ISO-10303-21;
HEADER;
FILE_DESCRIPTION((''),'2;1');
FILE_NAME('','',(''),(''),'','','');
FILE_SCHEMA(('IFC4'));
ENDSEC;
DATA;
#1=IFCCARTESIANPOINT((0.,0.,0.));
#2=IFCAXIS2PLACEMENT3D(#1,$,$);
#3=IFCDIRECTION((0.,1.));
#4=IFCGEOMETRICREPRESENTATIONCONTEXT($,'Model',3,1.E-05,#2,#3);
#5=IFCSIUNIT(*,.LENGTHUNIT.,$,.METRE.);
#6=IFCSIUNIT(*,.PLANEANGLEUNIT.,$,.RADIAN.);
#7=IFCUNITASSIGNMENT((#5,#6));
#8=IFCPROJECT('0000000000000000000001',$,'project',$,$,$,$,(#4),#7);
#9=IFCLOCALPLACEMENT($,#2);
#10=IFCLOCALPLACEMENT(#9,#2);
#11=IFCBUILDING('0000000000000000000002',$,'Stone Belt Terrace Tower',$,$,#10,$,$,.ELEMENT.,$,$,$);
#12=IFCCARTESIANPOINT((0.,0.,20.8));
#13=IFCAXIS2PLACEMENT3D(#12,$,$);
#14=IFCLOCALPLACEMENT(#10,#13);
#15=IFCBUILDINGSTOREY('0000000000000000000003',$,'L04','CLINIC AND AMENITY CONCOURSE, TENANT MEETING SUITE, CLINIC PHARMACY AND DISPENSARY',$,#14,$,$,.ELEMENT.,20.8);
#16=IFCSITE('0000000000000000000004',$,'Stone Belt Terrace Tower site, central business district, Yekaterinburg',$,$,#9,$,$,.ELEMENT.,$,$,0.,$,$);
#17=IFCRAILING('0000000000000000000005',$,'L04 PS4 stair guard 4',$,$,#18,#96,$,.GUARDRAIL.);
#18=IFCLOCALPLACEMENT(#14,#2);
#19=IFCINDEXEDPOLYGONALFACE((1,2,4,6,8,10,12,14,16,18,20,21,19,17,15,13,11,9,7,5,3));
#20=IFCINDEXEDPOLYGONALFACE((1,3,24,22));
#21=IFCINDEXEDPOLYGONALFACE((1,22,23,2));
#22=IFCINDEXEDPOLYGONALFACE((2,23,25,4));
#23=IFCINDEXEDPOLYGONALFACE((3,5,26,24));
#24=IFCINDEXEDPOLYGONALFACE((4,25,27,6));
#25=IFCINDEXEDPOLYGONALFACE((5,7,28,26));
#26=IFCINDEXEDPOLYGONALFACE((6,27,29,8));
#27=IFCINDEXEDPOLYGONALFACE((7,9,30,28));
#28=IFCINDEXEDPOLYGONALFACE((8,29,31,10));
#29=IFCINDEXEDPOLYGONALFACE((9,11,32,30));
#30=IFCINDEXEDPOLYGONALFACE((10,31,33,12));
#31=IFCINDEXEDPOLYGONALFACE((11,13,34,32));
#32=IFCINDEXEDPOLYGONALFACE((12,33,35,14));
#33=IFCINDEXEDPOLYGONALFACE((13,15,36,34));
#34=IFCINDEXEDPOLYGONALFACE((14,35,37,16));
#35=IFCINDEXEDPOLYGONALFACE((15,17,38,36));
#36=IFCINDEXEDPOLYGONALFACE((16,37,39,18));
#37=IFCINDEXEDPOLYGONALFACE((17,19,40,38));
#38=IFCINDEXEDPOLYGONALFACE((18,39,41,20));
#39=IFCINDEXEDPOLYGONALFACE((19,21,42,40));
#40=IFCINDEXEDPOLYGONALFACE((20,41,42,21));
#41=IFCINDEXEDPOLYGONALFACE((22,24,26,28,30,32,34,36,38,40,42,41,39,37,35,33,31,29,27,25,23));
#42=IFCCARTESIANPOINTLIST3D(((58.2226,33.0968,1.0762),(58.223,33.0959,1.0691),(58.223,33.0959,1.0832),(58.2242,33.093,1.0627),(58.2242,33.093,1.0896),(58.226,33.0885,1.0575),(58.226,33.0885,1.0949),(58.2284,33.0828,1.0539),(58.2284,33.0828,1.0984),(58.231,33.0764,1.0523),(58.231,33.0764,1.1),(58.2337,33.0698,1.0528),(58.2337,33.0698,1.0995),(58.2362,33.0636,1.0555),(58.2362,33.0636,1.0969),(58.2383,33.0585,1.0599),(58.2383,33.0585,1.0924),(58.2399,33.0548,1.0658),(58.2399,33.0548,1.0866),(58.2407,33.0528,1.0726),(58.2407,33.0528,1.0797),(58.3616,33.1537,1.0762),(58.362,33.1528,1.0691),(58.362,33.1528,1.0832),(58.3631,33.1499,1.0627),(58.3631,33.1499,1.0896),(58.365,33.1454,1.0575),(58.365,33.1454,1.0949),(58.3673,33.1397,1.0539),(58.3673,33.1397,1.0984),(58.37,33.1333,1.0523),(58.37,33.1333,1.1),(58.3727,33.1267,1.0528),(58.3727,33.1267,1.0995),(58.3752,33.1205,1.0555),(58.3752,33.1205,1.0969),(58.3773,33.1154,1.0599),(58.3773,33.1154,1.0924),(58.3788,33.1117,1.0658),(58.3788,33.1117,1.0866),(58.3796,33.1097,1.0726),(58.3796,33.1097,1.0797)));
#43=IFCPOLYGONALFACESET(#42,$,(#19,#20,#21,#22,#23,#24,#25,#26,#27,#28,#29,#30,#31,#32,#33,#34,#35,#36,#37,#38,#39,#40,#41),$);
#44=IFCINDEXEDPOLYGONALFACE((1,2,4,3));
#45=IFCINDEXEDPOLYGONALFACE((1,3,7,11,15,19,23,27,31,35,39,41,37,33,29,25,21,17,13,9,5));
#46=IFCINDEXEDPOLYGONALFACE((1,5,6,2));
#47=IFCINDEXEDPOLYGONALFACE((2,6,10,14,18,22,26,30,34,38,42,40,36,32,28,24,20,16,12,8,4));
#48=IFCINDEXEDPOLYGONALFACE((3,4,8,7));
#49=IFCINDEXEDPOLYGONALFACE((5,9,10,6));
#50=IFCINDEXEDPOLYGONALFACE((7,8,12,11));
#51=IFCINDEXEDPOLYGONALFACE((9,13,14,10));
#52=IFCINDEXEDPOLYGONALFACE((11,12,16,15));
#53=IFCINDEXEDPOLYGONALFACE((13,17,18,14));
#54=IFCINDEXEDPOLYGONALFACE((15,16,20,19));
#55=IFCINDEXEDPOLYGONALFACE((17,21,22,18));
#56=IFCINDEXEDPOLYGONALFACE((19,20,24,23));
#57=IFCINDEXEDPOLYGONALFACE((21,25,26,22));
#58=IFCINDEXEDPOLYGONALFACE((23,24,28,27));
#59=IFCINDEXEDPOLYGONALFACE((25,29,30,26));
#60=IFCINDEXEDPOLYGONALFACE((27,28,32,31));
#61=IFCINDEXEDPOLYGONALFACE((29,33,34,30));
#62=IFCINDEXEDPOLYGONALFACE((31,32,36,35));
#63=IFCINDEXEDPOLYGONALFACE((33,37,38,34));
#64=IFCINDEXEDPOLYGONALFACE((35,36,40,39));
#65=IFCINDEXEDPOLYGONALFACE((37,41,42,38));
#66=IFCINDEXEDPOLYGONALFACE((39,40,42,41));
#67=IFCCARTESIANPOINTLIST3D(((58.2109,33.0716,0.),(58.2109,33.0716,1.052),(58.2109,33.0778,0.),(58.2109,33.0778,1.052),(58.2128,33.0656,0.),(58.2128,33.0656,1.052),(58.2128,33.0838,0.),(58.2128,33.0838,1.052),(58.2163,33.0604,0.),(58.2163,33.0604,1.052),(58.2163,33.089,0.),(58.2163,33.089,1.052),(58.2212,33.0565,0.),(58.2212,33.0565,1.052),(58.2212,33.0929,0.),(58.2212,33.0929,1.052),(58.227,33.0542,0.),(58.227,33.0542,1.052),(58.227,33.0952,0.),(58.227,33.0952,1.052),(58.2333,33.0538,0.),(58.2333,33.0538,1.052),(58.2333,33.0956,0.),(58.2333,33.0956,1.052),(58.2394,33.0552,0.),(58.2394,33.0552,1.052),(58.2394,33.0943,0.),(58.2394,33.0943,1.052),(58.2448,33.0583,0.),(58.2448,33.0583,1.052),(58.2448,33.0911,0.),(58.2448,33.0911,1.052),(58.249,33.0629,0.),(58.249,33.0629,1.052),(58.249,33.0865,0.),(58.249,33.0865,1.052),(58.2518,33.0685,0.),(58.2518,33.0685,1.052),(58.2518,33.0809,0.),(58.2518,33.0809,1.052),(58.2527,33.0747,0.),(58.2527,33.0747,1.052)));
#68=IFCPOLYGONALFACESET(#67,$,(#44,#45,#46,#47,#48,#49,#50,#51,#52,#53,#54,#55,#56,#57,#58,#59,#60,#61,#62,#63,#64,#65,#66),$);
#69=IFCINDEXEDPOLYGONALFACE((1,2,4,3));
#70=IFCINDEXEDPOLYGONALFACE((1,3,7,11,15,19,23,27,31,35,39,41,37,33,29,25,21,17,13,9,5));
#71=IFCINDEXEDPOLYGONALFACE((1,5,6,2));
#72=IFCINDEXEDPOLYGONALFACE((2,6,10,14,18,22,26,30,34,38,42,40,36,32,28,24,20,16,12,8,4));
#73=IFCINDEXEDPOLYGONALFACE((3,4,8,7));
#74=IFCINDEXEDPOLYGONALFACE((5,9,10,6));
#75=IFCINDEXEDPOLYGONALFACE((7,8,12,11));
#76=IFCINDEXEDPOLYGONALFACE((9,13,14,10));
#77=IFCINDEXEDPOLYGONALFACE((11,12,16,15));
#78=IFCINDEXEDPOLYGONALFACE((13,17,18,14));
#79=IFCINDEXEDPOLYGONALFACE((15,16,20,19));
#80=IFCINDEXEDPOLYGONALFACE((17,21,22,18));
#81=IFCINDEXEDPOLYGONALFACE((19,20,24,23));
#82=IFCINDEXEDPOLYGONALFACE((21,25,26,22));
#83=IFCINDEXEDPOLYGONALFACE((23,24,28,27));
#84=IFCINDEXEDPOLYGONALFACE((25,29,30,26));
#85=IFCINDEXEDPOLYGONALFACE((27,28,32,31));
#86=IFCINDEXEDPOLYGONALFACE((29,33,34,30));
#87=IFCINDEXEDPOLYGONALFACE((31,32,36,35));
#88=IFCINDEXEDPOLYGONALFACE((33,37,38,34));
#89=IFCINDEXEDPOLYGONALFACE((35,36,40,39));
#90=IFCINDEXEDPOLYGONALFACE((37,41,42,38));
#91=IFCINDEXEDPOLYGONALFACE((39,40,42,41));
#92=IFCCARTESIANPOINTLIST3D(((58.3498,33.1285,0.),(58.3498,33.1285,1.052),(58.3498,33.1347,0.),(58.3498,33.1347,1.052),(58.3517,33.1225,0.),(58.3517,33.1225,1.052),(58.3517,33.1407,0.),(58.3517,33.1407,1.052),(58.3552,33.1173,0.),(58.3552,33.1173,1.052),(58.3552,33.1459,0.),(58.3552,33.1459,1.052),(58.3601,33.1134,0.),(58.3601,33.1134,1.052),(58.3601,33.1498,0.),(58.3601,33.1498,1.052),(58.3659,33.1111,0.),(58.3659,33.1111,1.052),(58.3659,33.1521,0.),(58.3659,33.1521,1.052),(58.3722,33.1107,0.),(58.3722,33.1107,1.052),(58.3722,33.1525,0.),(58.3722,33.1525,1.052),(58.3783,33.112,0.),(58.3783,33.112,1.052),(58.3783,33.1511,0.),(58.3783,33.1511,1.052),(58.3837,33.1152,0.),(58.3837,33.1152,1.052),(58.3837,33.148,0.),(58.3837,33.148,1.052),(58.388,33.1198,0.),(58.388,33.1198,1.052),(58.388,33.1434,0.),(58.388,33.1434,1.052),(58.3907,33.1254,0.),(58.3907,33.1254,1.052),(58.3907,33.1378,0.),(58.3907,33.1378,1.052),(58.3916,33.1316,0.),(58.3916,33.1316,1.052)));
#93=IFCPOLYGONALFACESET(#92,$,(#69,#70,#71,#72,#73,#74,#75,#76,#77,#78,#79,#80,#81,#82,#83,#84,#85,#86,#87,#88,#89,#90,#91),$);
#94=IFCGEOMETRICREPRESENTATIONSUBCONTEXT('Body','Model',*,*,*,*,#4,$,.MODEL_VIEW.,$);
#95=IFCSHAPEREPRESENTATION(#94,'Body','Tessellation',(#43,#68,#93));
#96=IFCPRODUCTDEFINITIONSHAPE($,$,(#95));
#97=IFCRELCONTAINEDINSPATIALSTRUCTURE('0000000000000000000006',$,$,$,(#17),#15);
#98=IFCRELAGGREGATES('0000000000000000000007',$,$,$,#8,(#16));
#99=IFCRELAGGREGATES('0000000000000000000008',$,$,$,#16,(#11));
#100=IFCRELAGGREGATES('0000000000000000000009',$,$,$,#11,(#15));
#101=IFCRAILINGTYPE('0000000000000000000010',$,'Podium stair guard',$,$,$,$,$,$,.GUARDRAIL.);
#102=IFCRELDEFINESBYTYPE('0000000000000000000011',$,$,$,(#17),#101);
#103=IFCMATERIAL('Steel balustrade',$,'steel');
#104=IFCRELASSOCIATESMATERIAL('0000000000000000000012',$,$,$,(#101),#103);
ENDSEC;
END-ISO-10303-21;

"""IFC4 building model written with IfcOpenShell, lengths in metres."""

from ifc_helpers import new_model, si_unit, direction, frame, origin, origin_2d, place, context, subcontext, project, spatial, circle, extrude, material, type_object, element, save


model = new_model("IFC4")

# Units and contexts
model_context = context("Model", 3, precision=1e-05, world=origin(), true_north=direction((0.0, 1.0)))
body_context = subcontext(model_context, "Body", "Model", "MODEL_VIEW")
ifc_project = project(units=[si_unit("LENGTHUNIT", "METRE"), si_unit("PLANEANGLEUNIT", "RADIAN")], contexts=[model_context])

# Site, building, storey
site_placement = place(None, origin())
site = spatial("IfcSite", under=ifc_project, at=site_placement, Name="Stone Belt Terrace Tower site, central business district, Yekaterinburg", CompositionType="ELEMENT", RefElevation=0.0)
building_placement = place(site_placement, origin())
building = spatial("IfcBuilding", under=site, at=building_placement, Name="Stone Belt Terrace Tower", CompositionType="ELEMENT")
storey_placement = place(building_placement, frame((0.0, 0.0, 20.8)))
storey = spatial("IfcBuildingStorey", under=building, at=storey_placement, Name="L04", Description="CLINIC AND AMENITY CONCOURSE, TENANT MEETING SUITE, CLINIC PHARMACY AND DISPENSARY", CompositionType="ELEMENT", Elevation=20.8)

# Railing
ifc_material_1 = material(Name="Steel balustrade", Category="steel")
railing_type_1 = type_object("IfcRailingType", Name="Podium stair guard", PredefinedType="GUARDRAIL", material=ifc_material_1)
railing_1_placement = place(storey_placement, frame((58.2317, 33.0747, 0.0)))
element("IfcRailing", 1, at=railing_1_placement, inside=storey, type_object=railing_type_1, Name="L04 PS4 stair guard 4", PredefinedType="GUARDRAIL", context=body_context, shape_type="SweptSolid", body=[
    extrude(circle(Radius=0.0239, at=origin_2d()), frame((0.0, 0.0, 1.0762), z_axis=(0.925417, 0.378949, 0.0), x_axis=(-0.378949, 0.925417, 0.0)), (0.0, 0.0, 1.0), 0.1501),
    extrude(circle(Radius=0.021, at=origin_2d()), origin(), (0.0, 0.0, 1.0), 1.052),
    extrude(circle(Radius=0.021, at=origin_2d()), frame((0.1389, 0.0569, 0.0)), (0.0, 0.0, 1.0), 1.052),
])

save(model, "model.ifc")
